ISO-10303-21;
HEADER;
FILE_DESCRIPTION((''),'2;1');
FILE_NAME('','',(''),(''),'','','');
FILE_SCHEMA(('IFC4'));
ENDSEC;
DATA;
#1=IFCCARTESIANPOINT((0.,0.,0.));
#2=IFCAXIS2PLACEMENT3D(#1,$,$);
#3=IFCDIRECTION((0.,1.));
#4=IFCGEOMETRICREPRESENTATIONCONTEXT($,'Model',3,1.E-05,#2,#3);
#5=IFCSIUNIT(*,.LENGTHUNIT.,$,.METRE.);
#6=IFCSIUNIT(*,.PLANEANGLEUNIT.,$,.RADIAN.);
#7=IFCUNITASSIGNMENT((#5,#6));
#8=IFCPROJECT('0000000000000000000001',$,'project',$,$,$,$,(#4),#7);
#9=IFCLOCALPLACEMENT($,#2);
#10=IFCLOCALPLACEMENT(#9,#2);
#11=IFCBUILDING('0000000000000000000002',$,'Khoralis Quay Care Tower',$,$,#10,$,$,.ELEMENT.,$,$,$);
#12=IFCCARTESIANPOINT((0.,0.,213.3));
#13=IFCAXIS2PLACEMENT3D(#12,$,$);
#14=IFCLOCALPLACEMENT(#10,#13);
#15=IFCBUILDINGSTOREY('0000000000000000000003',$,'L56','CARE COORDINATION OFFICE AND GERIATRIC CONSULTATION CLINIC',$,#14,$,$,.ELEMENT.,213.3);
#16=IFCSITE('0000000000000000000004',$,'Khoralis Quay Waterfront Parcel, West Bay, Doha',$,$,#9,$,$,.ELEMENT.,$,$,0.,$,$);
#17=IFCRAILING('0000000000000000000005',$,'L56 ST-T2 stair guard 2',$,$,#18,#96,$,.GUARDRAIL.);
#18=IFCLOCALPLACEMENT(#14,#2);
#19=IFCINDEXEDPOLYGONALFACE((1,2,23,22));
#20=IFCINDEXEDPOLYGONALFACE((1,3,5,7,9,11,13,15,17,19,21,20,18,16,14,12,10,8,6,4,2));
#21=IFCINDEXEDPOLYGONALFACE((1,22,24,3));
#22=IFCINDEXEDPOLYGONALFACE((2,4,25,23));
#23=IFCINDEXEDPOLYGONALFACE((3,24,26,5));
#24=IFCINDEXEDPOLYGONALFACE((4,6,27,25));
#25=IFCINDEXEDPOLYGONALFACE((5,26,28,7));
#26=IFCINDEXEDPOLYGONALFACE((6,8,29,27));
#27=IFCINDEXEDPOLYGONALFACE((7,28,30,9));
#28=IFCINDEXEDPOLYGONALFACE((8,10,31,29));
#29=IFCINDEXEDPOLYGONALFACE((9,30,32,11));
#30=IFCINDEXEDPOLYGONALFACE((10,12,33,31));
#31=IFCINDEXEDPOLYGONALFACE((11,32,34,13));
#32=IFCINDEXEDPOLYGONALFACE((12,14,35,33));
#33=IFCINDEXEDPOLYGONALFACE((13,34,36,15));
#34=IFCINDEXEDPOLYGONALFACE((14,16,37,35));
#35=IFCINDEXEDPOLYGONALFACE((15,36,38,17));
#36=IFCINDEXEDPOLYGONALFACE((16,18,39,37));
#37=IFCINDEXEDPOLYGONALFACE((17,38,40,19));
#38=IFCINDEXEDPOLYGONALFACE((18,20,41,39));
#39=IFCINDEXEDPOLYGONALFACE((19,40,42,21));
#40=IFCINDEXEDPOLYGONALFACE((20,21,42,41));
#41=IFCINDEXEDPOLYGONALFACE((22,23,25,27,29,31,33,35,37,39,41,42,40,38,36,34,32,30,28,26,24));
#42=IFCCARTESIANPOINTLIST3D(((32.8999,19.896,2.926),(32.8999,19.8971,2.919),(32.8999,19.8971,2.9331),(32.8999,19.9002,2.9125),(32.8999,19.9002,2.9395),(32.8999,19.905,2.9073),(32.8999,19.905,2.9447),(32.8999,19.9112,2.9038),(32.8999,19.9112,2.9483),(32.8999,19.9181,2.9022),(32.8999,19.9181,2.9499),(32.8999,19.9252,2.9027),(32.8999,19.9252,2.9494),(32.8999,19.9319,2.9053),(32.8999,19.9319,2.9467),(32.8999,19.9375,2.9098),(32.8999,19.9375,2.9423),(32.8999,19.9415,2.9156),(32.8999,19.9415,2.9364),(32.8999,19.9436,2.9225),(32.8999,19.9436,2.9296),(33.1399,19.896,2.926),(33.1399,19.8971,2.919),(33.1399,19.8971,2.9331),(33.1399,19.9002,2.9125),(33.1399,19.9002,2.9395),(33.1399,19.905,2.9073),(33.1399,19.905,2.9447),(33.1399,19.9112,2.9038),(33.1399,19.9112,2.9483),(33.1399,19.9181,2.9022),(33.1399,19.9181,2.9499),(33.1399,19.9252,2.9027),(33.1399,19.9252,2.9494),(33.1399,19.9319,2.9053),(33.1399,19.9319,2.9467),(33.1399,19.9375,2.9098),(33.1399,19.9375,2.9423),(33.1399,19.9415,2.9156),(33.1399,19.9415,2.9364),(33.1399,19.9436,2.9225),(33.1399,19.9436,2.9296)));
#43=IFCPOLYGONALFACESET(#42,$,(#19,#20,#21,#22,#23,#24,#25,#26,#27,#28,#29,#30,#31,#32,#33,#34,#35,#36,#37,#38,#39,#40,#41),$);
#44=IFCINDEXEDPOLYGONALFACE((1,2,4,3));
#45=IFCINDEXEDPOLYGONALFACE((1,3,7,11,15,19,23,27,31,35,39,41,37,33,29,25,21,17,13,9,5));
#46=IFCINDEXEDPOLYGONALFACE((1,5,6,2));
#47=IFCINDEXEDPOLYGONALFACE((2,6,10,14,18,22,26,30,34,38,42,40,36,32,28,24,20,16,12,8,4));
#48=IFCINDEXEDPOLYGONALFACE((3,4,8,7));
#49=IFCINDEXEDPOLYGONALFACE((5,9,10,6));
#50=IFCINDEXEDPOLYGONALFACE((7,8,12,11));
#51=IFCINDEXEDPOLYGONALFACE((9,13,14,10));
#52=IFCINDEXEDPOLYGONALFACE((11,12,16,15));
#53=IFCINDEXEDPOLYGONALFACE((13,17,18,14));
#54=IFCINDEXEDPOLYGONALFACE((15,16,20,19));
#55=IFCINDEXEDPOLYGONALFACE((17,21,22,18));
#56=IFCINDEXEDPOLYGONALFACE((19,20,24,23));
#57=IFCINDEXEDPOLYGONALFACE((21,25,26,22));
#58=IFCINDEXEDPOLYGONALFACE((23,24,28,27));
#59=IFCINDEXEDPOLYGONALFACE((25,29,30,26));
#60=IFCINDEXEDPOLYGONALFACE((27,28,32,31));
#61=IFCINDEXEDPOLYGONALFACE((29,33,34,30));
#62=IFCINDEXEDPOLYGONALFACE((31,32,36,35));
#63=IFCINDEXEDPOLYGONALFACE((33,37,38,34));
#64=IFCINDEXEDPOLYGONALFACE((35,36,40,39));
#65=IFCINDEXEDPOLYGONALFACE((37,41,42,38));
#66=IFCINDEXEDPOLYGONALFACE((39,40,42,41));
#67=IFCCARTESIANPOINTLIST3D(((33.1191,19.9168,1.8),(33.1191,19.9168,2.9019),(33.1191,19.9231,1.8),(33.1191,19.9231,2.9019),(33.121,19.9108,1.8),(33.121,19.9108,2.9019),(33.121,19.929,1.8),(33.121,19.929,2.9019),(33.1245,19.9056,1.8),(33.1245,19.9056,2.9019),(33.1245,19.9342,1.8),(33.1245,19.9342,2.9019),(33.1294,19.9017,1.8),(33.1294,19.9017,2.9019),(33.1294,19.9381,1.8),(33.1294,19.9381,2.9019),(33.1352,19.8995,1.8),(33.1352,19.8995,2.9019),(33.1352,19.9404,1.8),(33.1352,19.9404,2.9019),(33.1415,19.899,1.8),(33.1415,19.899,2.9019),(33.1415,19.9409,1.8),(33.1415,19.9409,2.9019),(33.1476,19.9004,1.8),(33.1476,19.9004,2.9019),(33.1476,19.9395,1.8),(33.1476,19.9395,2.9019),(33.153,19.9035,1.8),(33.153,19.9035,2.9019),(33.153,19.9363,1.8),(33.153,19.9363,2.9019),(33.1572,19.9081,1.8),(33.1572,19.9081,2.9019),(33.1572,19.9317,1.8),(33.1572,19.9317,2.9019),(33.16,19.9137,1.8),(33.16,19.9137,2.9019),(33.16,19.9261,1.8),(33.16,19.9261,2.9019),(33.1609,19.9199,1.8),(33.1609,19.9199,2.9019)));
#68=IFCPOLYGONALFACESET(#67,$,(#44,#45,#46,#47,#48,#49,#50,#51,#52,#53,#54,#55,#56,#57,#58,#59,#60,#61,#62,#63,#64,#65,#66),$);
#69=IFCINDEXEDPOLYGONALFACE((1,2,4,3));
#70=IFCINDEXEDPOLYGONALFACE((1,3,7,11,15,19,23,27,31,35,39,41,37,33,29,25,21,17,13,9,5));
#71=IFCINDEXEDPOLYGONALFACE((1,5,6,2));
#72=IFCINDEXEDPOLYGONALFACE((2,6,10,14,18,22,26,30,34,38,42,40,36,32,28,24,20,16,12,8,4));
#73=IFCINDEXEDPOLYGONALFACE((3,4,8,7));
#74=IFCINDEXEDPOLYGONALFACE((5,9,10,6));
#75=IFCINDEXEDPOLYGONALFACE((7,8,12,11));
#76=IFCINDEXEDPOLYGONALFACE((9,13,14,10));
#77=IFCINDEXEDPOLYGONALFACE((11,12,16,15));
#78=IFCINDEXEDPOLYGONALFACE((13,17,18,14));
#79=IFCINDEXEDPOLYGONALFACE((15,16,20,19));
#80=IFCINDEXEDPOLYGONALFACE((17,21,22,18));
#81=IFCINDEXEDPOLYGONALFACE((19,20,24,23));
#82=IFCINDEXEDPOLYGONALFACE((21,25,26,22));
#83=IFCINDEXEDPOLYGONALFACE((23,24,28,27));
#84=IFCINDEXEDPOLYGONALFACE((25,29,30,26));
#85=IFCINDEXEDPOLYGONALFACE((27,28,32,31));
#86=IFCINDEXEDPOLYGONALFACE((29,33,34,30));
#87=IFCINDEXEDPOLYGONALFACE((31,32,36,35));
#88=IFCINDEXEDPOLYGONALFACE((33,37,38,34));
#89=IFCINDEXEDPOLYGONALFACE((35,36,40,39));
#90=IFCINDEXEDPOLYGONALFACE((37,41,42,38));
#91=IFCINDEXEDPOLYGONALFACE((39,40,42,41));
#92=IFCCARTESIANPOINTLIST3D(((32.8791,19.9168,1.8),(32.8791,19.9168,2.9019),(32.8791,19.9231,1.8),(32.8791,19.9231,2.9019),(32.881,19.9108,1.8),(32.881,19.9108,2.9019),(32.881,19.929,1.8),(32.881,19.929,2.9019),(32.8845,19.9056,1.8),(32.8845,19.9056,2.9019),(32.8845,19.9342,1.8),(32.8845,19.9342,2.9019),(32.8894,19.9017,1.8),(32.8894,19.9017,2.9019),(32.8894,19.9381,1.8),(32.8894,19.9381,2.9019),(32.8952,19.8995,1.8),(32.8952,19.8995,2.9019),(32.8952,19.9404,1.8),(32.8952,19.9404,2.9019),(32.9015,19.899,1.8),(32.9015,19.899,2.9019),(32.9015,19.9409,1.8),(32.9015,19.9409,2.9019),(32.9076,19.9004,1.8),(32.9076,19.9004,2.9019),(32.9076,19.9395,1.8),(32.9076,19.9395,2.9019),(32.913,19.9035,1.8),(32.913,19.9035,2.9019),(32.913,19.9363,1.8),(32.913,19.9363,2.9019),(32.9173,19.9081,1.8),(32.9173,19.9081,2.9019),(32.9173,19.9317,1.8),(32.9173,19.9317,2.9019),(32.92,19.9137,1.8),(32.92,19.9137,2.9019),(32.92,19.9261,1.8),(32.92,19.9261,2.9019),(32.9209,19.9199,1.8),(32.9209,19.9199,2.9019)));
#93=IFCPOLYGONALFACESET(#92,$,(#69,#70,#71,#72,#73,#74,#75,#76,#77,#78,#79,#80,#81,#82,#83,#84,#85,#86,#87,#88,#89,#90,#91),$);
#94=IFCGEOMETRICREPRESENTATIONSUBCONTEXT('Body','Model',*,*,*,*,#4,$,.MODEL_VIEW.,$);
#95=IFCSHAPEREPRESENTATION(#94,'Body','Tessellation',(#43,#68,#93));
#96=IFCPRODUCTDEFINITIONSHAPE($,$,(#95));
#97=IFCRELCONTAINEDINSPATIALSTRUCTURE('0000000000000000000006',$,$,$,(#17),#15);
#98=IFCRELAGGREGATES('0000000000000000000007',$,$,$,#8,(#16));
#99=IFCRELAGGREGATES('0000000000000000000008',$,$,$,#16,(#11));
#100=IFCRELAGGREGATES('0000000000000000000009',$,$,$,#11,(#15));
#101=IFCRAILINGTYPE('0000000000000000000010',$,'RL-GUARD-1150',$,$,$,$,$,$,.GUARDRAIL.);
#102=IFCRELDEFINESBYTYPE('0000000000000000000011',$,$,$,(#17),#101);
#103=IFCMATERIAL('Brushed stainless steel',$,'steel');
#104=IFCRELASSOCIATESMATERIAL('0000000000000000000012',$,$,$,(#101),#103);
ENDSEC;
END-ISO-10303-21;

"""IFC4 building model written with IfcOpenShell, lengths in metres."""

from ifc_helpers import new_model, si_unit, direction, frame, origin, origin_2d, place, context, subcontext, project, spatial, circle, extrude, material, type_object, element, save


model = new_model("IFC4")

# Units and contexts
model_context = context("Model", 3, precision=1e-05, world=origin(), true_north=direction((0.0, 1.0)))
body_context = subcontext(model_context, "Body", "Model", "MODEL_VIEW")
ifc_project = project(units=[si_unit("LENGTHUNIT", "METRE"), si_unit("PLANEANGLEUNIT", "RADIAN")], contexts=[model_context])

# Site, building, storey
site_placement = place(None, origin())
site = spatial("IfcSite", under=ifc_project, at=site_placement, Name="Khoralis Quay Waterfront Parcel, West Bay, Doha", CompositionType="ELEMENT", RefElevation=0.0)
building_placement = place(site_placement, origin())
building = spatial("IfcBuilding", under=site, at=building_placement, Name="Khoralis Quay Care Tower", CompositionType="ELEMENT")
storey_placement = place(building_placement, frame((0.0, 0.0, 213.3)))
storey = spatial("IfcBuildingStorey", under=building, at=storey_placement, Name="L56", Description="CARE COORDINATION OFFICE AND GERIATRIC CONSULTATION CLINIC", CompositionType="ELEMENT", Elevation=213.3)

# Shared definitions
ifc_material_1 = material(Name="Brushed stainless steel", Category="steel")

# Railing
railing_type_1 = type_object("IfcRailingType", Name="RL-GUARD-1150", PredefinedType="GUARDRAIL", material=ifc_material_1)
railing_1_placement = place(storey_placement, frame((33.1399, 19.9199, 1.8)))
element("IfcRailing", 1, at=railing_1_placement, inside=storey, type_object=railing_type_1, Name="L56 ST-T2 stair guard 2", PredefinedType="GUARDRAIL", context=body_context, shape_type="SweptSolid", body=[
    extrude(circle(Radius=0.0239, at=origin_2d()), frame((0.0, 0.0, 1.126), z_axis=(-1.0, 0.0, 0.0), x_axis=(0.0, -1.0, 0.0)), (0.0, 0.0, 1.0), 0.24),
    extrude(circle(Radius=0.021, at=origin_2d()), origin(), (0.0, 0.0, 1.0), 1.1018),
    extrude(circle(Radius=0.021, at=origin_2d()), frame((-0.24, 0.0, 0.0)), (0.0, 0.0, 1.0), 1.1018),
])

save(model, "model.ifc")
